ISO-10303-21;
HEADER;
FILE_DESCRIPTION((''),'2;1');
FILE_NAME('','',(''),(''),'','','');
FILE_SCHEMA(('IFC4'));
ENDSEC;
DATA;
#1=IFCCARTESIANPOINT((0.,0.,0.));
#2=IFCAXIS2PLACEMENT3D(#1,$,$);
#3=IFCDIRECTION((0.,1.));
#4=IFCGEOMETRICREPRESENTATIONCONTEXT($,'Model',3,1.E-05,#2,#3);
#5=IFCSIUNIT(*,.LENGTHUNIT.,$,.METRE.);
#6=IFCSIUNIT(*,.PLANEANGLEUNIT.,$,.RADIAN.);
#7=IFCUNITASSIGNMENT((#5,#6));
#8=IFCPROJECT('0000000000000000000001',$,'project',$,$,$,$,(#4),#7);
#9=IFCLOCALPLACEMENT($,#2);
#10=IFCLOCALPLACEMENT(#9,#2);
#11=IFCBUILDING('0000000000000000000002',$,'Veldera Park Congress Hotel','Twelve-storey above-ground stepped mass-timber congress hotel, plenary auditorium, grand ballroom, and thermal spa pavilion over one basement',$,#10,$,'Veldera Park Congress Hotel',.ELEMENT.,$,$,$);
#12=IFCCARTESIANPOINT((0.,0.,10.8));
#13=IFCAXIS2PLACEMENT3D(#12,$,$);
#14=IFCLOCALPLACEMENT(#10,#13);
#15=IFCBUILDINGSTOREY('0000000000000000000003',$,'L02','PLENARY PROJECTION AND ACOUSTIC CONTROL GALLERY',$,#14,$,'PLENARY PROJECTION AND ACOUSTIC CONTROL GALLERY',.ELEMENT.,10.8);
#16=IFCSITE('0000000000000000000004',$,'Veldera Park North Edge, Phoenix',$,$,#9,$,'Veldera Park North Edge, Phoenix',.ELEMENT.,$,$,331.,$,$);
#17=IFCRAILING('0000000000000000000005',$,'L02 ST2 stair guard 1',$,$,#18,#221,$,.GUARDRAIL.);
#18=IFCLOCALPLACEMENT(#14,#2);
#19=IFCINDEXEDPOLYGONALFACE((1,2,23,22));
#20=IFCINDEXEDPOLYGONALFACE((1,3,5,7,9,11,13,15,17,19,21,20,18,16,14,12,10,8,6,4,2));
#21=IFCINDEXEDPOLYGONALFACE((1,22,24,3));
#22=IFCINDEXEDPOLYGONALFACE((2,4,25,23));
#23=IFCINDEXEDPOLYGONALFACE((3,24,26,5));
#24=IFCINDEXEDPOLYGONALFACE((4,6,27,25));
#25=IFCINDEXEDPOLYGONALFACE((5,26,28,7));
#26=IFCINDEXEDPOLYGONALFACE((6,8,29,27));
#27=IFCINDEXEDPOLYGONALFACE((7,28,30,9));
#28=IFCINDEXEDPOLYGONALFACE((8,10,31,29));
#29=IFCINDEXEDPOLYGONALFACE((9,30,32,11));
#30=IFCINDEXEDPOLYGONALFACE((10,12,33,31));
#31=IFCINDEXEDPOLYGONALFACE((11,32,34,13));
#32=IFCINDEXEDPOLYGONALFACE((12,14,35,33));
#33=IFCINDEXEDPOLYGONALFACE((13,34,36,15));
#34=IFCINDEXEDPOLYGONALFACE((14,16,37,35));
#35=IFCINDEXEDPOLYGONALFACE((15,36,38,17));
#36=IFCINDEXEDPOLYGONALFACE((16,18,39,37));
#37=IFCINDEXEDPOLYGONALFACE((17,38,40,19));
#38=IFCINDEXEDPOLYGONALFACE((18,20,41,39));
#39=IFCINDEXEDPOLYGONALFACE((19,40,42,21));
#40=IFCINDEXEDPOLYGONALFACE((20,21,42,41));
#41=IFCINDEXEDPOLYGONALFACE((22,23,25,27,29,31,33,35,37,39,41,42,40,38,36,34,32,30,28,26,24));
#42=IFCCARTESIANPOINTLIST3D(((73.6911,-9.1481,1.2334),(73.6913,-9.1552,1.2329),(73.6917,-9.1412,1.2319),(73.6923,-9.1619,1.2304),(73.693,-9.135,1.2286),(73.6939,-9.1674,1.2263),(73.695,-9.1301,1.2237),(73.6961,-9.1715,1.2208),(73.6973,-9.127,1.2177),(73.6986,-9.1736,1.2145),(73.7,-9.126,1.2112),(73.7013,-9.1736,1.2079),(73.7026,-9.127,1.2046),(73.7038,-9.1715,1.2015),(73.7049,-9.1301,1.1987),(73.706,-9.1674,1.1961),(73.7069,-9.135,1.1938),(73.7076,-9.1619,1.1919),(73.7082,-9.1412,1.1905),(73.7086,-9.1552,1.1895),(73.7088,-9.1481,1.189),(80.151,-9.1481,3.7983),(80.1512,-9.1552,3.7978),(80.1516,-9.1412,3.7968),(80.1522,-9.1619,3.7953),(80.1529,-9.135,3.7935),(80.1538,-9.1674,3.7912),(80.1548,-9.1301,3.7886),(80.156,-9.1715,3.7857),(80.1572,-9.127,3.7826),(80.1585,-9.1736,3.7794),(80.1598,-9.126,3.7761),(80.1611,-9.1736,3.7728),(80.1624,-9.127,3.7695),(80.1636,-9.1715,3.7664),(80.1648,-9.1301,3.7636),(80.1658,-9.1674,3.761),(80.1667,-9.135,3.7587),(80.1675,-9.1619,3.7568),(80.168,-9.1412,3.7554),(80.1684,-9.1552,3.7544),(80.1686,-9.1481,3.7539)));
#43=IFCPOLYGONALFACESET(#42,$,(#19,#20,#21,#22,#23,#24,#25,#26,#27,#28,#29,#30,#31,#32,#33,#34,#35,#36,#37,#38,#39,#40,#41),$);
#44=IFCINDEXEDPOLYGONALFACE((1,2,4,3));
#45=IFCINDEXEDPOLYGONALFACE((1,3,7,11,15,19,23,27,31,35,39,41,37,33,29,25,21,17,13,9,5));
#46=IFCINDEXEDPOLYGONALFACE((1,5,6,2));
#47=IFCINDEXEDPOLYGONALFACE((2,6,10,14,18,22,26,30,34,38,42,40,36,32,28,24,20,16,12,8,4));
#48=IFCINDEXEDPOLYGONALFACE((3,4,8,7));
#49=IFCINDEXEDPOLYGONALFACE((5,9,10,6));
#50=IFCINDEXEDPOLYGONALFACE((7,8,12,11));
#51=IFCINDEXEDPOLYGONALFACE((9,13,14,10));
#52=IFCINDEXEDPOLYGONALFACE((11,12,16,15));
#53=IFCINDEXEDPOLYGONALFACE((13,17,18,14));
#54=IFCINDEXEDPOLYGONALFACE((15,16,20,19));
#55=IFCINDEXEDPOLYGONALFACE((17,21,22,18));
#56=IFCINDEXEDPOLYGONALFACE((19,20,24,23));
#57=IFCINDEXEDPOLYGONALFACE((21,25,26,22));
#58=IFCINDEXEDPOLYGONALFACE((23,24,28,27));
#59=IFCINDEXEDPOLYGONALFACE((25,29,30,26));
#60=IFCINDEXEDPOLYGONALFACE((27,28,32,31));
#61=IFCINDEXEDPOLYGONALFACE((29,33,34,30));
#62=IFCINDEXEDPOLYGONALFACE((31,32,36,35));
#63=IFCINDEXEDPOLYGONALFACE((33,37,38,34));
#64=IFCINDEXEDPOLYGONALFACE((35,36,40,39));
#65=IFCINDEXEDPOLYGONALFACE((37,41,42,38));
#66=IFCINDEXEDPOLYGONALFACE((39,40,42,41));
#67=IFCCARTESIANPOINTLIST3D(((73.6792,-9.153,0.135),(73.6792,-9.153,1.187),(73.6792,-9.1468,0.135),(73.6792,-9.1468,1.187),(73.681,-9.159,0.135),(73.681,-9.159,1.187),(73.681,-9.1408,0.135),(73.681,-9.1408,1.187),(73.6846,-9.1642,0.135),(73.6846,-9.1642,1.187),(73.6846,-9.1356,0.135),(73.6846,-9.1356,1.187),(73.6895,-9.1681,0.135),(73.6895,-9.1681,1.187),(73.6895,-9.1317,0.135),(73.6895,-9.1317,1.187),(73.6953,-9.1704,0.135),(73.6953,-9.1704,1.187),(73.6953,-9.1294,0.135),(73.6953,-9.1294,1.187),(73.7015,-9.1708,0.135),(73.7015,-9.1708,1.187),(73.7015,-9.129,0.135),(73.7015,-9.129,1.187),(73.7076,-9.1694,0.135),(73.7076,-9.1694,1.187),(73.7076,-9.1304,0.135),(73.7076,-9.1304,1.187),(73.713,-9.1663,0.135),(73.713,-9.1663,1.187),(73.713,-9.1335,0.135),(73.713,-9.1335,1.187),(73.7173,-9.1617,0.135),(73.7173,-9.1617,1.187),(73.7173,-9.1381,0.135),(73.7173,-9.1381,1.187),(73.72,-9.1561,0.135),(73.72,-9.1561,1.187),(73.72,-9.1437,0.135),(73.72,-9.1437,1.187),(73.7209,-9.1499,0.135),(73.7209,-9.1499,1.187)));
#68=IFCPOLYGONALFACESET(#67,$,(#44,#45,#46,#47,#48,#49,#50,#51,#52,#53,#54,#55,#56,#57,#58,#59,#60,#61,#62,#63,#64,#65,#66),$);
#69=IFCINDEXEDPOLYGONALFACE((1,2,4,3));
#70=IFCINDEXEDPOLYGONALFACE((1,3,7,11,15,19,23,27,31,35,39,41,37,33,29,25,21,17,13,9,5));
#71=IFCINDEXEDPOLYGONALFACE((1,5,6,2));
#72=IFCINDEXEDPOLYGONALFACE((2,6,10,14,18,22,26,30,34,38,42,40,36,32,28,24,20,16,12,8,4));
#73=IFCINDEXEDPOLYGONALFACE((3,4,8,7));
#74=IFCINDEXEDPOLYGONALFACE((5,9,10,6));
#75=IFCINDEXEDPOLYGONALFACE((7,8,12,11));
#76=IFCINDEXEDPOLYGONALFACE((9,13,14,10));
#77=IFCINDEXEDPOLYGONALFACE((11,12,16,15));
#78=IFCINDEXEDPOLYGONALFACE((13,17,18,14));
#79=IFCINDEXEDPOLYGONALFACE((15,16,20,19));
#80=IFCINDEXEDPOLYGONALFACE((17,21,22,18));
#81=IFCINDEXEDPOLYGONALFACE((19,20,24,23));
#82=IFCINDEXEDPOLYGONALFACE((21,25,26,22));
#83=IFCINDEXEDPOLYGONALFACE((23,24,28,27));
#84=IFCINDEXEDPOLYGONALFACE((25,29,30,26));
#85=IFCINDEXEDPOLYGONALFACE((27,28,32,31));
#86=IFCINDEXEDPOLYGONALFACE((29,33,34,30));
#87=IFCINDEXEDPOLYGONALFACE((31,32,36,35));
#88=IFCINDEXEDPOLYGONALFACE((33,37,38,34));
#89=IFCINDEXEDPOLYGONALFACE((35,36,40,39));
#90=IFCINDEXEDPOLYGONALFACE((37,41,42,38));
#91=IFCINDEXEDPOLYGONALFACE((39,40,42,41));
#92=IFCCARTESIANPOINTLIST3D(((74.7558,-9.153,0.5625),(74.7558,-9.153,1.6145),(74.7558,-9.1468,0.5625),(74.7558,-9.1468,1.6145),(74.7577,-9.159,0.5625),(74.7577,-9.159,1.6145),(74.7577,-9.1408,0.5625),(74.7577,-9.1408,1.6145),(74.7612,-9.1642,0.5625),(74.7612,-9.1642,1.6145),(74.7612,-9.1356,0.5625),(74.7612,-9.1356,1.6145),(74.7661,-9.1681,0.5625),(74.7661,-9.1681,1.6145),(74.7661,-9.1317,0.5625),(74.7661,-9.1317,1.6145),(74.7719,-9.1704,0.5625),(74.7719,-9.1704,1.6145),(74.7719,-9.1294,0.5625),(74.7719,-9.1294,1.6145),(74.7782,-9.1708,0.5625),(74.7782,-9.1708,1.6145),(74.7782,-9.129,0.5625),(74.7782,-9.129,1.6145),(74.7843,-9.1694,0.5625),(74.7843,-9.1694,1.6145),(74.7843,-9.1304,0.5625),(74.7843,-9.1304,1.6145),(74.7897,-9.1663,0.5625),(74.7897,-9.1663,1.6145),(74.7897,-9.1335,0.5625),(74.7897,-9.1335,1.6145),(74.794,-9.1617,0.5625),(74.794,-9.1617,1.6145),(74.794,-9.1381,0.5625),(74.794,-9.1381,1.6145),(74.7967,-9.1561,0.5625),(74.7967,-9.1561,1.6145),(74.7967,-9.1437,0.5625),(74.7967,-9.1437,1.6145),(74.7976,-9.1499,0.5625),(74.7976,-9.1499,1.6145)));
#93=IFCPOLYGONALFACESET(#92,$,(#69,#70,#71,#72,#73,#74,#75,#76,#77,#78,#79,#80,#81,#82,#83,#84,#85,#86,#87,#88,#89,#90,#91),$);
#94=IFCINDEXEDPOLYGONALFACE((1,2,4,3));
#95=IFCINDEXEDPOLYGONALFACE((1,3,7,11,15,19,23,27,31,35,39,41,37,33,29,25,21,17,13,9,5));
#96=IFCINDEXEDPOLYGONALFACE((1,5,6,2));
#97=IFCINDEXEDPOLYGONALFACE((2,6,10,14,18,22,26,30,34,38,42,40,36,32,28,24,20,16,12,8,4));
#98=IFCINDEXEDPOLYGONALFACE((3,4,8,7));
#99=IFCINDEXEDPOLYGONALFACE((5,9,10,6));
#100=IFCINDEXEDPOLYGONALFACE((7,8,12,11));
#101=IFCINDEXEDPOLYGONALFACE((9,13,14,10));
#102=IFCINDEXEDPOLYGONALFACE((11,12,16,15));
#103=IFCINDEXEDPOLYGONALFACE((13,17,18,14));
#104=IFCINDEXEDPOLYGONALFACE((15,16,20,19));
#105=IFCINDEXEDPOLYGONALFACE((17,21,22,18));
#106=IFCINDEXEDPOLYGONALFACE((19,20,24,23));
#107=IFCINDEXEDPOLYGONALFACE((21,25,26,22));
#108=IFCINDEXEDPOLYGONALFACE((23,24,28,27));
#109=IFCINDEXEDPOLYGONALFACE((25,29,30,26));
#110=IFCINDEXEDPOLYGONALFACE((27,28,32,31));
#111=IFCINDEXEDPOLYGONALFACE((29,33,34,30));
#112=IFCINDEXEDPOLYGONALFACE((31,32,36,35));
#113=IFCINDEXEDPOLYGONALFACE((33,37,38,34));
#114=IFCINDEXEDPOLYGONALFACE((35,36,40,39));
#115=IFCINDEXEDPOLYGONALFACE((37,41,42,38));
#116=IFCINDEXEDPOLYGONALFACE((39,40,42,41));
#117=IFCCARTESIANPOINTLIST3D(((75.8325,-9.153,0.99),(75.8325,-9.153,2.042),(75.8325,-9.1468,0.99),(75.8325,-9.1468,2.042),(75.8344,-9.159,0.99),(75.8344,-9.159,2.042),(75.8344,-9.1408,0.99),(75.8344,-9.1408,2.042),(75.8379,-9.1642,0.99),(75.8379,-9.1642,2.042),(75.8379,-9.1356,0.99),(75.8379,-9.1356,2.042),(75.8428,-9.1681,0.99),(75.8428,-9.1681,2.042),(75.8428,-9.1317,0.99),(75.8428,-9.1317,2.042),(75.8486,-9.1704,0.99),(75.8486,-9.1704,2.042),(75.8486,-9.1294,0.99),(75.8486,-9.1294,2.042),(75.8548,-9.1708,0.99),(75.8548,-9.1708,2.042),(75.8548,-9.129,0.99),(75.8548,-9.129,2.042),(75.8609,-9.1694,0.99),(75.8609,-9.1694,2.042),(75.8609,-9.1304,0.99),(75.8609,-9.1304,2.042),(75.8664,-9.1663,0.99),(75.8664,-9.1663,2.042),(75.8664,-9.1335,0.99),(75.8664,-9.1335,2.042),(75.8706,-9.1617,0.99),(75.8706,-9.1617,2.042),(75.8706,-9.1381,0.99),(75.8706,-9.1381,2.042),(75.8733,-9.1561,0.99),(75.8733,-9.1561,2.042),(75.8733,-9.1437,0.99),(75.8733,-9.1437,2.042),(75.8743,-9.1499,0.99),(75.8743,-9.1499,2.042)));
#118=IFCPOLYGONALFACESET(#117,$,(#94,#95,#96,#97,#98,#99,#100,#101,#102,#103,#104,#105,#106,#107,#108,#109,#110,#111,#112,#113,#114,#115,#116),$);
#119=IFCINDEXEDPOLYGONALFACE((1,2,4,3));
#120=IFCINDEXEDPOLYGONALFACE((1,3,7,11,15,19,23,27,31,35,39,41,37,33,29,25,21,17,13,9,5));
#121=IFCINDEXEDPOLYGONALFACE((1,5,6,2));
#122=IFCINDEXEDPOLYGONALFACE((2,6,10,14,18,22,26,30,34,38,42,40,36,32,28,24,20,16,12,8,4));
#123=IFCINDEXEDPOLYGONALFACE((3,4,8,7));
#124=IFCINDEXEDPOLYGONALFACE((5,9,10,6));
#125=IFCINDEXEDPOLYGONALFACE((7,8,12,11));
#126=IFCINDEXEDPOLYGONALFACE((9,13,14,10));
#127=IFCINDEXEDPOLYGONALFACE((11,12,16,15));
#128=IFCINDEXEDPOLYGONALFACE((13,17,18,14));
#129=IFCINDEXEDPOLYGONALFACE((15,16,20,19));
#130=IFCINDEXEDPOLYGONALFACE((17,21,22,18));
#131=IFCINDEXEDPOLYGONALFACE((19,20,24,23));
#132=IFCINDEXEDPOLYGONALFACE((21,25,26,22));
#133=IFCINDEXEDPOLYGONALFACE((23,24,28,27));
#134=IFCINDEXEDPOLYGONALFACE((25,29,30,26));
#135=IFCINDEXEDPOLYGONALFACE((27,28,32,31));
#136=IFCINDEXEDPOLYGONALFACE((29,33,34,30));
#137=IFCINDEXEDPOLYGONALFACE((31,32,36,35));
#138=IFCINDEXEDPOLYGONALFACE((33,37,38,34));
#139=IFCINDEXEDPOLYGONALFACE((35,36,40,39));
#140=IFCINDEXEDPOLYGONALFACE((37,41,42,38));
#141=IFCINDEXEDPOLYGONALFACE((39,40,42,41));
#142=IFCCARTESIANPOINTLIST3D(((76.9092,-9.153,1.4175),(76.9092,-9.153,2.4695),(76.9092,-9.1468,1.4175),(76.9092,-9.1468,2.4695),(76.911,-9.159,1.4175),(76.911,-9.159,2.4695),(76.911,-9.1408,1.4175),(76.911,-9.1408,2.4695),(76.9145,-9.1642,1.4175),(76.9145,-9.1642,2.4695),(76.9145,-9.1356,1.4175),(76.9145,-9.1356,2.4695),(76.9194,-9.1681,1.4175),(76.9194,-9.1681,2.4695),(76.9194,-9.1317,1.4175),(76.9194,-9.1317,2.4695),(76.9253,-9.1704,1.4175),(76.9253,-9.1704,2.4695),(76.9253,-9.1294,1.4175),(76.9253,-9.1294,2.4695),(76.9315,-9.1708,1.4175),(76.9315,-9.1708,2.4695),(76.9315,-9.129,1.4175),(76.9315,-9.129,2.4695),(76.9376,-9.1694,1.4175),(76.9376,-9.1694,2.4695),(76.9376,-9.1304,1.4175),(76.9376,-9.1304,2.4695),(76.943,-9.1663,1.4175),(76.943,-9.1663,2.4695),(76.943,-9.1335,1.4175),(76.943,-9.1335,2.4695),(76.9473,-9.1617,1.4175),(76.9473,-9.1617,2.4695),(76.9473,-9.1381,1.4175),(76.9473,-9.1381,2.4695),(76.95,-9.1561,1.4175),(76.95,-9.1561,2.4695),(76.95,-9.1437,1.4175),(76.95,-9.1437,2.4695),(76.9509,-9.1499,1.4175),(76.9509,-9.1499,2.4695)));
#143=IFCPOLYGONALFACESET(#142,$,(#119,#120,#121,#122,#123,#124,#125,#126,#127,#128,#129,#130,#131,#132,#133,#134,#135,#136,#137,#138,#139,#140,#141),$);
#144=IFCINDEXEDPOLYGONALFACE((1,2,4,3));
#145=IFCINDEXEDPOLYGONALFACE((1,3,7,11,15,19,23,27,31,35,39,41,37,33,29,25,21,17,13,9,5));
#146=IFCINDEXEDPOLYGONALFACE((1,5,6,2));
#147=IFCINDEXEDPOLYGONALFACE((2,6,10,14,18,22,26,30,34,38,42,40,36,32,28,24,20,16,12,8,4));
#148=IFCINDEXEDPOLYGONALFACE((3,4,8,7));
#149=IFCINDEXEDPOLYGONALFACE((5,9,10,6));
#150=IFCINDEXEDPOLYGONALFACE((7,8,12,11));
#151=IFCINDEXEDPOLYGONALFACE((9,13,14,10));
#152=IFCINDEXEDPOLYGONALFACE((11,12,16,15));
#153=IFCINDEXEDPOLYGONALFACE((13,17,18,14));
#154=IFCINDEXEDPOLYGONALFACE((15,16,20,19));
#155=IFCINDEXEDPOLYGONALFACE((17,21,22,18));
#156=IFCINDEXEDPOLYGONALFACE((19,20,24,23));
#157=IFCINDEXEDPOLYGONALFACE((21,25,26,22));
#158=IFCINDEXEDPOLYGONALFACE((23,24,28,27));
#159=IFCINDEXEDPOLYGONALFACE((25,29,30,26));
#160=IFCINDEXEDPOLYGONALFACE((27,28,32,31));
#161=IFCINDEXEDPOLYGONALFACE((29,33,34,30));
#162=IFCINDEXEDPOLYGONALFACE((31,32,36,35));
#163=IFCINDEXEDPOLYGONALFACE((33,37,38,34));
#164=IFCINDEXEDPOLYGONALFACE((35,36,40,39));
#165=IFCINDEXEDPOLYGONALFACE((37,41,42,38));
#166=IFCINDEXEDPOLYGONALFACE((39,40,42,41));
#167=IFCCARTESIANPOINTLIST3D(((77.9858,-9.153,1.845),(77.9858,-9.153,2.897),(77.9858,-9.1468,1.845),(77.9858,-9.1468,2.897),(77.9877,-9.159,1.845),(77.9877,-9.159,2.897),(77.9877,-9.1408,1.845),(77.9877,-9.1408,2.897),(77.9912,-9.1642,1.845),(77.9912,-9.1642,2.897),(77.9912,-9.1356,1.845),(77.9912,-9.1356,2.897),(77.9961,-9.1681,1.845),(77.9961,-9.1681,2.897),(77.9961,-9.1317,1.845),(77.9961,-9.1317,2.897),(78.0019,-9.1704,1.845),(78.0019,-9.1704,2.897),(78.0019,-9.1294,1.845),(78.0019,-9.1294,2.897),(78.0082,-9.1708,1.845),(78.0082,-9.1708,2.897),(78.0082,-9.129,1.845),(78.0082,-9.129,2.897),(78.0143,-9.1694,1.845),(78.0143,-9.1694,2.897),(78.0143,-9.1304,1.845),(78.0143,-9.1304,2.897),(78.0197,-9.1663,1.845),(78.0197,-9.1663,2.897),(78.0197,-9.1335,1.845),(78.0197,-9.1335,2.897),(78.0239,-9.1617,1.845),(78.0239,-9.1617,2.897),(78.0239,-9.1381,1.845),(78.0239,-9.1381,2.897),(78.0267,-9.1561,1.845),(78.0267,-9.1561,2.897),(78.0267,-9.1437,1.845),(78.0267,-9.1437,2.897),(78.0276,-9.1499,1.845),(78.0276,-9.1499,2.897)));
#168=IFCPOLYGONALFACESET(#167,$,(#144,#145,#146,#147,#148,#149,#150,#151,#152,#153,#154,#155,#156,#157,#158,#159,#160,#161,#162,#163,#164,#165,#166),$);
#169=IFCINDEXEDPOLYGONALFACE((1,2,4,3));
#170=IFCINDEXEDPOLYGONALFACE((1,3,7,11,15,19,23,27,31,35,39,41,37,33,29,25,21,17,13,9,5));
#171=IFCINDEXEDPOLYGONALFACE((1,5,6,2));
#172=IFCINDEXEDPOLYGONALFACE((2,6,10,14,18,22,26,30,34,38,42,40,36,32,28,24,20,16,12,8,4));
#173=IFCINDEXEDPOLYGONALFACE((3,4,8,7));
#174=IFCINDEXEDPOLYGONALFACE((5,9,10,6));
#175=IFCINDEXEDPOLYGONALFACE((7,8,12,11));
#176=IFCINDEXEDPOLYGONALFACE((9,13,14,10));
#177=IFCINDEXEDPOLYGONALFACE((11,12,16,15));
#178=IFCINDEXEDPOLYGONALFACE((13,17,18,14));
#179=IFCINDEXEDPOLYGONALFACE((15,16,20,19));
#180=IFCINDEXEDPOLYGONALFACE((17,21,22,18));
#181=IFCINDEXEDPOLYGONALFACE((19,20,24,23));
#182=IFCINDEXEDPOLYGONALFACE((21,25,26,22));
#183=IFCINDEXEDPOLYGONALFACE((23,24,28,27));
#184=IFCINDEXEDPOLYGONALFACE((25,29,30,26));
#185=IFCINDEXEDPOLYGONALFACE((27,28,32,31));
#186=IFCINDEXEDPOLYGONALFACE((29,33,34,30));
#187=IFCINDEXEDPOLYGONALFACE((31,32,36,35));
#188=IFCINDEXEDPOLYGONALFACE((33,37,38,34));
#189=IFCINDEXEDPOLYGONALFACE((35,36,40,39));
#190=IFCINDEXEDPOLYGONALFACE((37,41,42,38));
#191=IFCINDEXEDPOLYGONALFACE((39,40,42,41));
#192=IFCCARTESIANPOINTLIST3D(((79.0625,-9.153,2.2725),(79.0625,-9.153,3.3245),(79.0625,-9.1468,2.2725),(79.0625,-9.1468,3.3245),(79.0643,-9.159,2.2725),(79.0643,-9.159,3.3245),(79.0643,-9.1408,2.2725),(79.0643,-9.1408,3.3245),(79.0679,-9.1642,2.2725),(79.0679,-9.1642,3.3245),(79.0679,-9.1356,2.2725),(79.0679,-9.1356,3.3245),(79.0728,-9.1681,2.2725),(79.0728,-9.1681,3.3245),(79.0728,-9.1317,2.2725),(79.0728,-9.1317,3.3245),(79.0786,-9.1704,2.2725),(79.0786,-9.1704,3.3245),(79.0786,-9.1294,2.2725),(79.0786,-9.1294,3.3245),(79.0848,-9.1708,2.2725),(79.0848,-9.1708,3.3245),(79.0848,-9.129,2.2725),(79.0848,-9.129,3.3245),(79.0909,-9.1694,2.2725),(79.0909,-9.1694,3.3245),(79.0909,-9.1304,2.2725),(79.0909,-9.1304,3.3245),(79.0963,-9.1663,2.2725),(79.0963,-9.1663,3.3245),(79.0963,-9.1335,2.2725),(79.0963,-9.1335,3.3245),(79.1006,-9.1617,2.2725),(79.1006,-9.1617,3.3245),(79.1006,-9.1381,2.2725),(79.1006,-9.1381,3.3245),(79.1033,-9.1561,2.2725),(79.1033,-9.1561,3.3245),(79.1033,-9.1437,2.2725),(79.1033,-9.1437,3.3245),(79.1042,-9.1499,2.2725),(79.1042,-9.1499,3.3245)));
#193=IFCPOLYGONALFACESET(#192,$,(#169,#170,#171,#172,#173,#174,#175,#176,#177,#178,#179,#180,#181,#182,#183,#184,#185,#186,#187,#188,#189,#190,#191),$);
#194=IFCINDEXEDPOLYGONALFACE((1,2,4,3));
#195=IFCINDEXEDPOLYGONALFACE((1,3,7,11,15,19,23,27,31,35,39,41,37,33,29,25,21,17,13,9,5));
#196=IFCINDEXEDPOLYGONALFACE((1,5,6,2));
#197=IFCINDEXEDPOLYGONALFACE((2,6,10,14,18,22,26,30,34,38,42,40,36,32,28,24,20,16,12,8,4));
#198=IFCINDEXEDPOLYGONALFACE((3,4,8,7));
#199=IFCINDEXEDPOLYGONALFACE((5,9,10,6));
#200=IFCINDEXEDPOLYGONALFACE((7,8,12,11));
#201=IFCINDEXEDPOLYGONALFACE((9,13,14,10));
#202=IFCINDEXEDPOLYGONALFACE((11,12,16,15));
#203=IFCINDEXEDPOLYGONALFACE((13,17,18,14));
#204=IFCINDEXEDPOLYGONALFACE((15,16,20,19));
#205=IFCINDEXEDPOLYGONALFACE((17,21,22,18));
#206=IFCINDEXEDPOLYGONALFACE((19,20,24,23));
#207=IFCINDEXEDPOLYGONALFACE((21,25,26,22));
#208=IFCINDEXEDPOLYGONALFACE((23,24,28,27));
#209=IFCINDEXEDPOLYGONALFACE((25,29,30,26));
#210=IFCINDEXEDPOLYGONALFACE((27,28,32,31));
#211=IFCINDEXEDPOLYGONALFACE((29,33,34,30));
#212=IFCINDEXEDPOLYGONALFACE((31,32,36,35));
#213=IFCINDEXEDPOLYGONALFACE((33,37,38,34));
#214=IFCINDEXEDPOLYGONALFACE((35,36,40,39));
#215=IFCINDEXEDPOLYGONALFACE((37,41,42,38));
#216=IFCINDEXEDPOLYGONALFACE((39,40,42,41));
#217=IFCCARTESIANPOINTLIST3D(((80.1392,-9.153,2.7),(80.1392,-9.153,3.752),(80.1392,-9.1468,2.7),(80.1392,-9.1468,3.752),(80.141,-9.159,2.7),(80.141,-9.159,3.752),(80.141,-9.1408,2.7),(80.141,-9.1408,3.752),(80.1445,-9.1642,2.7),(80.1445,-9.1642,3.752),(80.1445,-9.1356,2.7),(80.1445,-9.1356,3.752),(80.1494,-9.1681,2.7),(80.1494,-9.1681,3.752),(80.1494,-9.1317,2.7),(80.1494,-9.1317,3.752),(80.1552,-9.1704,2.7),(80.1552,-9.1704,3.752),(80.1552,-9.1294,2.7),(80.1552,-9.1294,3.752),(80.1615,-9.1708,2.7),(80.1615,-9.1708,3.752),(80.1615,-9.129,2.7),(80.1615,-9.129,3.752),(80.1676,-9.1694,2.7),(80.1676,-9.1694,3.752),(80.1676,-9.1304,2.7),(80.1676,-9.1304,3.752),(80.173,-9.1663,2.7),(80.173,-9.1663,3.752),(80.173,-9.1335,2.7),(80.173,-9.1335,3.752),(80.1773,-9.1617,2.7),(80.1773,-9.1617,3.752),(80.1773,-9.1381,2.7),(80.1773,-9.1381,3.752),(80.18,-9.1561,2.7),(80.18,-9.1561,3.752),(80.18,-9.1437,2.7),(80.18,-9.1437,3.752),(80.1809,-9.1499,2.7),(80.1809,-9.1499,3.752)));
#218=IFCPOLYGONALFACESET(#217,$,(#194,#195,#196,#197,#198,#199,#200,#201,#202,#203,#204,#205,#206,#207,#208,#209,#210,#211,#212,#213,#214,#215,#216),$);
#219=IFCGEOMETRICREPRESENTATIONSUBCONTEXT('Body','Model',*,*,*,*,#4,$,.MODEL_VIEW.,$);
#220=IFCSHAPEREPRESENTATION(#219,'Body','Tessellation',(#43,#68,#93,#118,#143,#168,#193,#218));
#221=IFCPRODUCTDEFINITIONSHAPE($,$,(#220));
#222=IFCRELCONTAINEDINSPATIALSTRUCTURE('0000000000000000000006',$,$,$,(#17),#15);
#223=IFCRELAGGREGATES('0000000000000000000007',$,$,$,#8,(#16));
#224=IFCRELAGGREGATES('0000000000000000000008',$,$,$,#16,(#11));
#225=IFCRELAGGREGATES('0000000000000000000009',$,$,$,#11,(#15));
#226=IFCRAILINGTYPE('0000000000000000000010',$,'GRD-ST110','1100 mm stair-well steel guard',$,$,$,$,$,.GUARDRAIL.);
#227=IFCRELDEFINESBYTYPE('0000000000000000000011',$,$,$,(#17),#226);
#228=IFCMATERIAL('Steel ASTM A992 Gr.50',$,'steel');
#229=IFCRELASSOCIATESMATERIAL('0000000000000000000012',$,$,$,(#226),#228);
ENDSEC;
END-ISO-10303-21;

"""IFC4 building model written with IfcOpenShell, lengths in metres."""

from ifc_helpers import new_model, si_unit, direction, frame, origin, origin_2d, place, context, subcontext, project, spatial, circle, extrude, material, type_object, element, save


model = new_model("IFC4")

# Units and contexts
model_context = context("Model", 3, precision=1e-05, world=origin(), true_north=direction((0.0, 1.0)))
body_context = subcontext(model_context, "Body", "Model", "MODEL_VIEW")
ifc_project = project(units=[si_unit("LENGTHUNIT", "METRE"), si_unit("PLANEANGLEUNIT", "RADIAN")], contexts=[model_context])

# Site, building, storey
site_placement = place(None, origin())
site = spatial("IfcSite", under=ifc_project, at=site_placement, Name="Veldera Park North Edge, Phoenix", LongName="Veldera Park North Edge, Phoenix", CompositionType="ELEMENT", RefElevation=331.0)
building_placement = place(site_placement, origin())
building = spatial("IfcBuilding", under=site, at=building_placement, Name="Veldera Park Congress Hotel", Description="Twelve-storey above-ground stepped mass-timber congress hotel, plenary auditorium, grand ballroom, and thermal spa pavilion over one basement", LongName="Veldera Park Congress Hotel", CompositionType="ELEMENT")
storey_placement = place(building_placement, frame((0.0, 0.0, 10.8)))
storey = spatial("IfcBuildingStorey", under=building, at=storey_placement, Name="L02", Description="PLENARY PROJECTION AND ACOUSTIC CONTROL GALLERY", LongName="PLENARY PROJECTION AND ACOUSTIC CONTROL GALLERY", CompositionType="ELEMENT", Elevation=10.8)

# Shared definitions
ifc_material_1 = material(Name="Steel ASTM A992 Gr.50", Category="steel")

# Railing
railing_type_1 = type_object("IfcRailingType", Name="GRD-ST110", Description="1100 mm stair-well steel guard", PredefinedType="GUARDRAIL", material=ifc_material_1)
railing_1_placement = place(storey_placement, frame((73.7, -9.1499, 0.135)))
element("IfcRailing", 1, at=railing_1_placement, inside=storey, type_object=railing_type_1, Name="L02 ST2 stair guard 1", PredefinedType="GUARDRAIL", context=body_context, shape_type="SweptSolid", body=[
    extrude(circle(Radius=0.0239, at=origin_2d()), frame((0.0, 0.0, 1.0762), z_axis=(0.929418, 0.0, 0.369028), x_axis=(0.0, 1.0, 0.0)), (0.0, 0.0, 1.0), 6.9504),
    extrude(circle(Radius=0.021, at=origin_2d()), origin(), (0.0, 0.0, 1.0), 1.052),
    extrude(circle(Radius=0.021, at=origin_2d()), frame((1.0767, 0.0, 0.4275)), (0.0, 0.0, 1.0), 1.052),
    extrude(circle(Radius=0.021, at=origin_2d()), frame((2.1533, 0.0, 0.855)), (0.0, 0.0, 1.0), 1.052),
    extrude(circle(Radius=0.021, at=origin_2d()), frame((3.23, 0.0, 1.2825)), (0.0, 0.0, 1.0), 1.052),
    extrude(circle(Radius=0.021, at=origin_2d()), frame((4.3066, 0.0, 1.71)), (0.0, 0.0, 1.0), 1.052),
    extrude(circle(Radius=0.021, at=origin_2d()), frame((5.3833, 0.0, 2.1375)), (0.0, 0.0, 1.0), 1.052),
    extrude(circle(Radius=0.021, at=origin_2d()), frame((6.46, 0.0, 2.5649)), (0.0, 0.0, 1.0), 1.052),
])

save(model, "model.ifc")
